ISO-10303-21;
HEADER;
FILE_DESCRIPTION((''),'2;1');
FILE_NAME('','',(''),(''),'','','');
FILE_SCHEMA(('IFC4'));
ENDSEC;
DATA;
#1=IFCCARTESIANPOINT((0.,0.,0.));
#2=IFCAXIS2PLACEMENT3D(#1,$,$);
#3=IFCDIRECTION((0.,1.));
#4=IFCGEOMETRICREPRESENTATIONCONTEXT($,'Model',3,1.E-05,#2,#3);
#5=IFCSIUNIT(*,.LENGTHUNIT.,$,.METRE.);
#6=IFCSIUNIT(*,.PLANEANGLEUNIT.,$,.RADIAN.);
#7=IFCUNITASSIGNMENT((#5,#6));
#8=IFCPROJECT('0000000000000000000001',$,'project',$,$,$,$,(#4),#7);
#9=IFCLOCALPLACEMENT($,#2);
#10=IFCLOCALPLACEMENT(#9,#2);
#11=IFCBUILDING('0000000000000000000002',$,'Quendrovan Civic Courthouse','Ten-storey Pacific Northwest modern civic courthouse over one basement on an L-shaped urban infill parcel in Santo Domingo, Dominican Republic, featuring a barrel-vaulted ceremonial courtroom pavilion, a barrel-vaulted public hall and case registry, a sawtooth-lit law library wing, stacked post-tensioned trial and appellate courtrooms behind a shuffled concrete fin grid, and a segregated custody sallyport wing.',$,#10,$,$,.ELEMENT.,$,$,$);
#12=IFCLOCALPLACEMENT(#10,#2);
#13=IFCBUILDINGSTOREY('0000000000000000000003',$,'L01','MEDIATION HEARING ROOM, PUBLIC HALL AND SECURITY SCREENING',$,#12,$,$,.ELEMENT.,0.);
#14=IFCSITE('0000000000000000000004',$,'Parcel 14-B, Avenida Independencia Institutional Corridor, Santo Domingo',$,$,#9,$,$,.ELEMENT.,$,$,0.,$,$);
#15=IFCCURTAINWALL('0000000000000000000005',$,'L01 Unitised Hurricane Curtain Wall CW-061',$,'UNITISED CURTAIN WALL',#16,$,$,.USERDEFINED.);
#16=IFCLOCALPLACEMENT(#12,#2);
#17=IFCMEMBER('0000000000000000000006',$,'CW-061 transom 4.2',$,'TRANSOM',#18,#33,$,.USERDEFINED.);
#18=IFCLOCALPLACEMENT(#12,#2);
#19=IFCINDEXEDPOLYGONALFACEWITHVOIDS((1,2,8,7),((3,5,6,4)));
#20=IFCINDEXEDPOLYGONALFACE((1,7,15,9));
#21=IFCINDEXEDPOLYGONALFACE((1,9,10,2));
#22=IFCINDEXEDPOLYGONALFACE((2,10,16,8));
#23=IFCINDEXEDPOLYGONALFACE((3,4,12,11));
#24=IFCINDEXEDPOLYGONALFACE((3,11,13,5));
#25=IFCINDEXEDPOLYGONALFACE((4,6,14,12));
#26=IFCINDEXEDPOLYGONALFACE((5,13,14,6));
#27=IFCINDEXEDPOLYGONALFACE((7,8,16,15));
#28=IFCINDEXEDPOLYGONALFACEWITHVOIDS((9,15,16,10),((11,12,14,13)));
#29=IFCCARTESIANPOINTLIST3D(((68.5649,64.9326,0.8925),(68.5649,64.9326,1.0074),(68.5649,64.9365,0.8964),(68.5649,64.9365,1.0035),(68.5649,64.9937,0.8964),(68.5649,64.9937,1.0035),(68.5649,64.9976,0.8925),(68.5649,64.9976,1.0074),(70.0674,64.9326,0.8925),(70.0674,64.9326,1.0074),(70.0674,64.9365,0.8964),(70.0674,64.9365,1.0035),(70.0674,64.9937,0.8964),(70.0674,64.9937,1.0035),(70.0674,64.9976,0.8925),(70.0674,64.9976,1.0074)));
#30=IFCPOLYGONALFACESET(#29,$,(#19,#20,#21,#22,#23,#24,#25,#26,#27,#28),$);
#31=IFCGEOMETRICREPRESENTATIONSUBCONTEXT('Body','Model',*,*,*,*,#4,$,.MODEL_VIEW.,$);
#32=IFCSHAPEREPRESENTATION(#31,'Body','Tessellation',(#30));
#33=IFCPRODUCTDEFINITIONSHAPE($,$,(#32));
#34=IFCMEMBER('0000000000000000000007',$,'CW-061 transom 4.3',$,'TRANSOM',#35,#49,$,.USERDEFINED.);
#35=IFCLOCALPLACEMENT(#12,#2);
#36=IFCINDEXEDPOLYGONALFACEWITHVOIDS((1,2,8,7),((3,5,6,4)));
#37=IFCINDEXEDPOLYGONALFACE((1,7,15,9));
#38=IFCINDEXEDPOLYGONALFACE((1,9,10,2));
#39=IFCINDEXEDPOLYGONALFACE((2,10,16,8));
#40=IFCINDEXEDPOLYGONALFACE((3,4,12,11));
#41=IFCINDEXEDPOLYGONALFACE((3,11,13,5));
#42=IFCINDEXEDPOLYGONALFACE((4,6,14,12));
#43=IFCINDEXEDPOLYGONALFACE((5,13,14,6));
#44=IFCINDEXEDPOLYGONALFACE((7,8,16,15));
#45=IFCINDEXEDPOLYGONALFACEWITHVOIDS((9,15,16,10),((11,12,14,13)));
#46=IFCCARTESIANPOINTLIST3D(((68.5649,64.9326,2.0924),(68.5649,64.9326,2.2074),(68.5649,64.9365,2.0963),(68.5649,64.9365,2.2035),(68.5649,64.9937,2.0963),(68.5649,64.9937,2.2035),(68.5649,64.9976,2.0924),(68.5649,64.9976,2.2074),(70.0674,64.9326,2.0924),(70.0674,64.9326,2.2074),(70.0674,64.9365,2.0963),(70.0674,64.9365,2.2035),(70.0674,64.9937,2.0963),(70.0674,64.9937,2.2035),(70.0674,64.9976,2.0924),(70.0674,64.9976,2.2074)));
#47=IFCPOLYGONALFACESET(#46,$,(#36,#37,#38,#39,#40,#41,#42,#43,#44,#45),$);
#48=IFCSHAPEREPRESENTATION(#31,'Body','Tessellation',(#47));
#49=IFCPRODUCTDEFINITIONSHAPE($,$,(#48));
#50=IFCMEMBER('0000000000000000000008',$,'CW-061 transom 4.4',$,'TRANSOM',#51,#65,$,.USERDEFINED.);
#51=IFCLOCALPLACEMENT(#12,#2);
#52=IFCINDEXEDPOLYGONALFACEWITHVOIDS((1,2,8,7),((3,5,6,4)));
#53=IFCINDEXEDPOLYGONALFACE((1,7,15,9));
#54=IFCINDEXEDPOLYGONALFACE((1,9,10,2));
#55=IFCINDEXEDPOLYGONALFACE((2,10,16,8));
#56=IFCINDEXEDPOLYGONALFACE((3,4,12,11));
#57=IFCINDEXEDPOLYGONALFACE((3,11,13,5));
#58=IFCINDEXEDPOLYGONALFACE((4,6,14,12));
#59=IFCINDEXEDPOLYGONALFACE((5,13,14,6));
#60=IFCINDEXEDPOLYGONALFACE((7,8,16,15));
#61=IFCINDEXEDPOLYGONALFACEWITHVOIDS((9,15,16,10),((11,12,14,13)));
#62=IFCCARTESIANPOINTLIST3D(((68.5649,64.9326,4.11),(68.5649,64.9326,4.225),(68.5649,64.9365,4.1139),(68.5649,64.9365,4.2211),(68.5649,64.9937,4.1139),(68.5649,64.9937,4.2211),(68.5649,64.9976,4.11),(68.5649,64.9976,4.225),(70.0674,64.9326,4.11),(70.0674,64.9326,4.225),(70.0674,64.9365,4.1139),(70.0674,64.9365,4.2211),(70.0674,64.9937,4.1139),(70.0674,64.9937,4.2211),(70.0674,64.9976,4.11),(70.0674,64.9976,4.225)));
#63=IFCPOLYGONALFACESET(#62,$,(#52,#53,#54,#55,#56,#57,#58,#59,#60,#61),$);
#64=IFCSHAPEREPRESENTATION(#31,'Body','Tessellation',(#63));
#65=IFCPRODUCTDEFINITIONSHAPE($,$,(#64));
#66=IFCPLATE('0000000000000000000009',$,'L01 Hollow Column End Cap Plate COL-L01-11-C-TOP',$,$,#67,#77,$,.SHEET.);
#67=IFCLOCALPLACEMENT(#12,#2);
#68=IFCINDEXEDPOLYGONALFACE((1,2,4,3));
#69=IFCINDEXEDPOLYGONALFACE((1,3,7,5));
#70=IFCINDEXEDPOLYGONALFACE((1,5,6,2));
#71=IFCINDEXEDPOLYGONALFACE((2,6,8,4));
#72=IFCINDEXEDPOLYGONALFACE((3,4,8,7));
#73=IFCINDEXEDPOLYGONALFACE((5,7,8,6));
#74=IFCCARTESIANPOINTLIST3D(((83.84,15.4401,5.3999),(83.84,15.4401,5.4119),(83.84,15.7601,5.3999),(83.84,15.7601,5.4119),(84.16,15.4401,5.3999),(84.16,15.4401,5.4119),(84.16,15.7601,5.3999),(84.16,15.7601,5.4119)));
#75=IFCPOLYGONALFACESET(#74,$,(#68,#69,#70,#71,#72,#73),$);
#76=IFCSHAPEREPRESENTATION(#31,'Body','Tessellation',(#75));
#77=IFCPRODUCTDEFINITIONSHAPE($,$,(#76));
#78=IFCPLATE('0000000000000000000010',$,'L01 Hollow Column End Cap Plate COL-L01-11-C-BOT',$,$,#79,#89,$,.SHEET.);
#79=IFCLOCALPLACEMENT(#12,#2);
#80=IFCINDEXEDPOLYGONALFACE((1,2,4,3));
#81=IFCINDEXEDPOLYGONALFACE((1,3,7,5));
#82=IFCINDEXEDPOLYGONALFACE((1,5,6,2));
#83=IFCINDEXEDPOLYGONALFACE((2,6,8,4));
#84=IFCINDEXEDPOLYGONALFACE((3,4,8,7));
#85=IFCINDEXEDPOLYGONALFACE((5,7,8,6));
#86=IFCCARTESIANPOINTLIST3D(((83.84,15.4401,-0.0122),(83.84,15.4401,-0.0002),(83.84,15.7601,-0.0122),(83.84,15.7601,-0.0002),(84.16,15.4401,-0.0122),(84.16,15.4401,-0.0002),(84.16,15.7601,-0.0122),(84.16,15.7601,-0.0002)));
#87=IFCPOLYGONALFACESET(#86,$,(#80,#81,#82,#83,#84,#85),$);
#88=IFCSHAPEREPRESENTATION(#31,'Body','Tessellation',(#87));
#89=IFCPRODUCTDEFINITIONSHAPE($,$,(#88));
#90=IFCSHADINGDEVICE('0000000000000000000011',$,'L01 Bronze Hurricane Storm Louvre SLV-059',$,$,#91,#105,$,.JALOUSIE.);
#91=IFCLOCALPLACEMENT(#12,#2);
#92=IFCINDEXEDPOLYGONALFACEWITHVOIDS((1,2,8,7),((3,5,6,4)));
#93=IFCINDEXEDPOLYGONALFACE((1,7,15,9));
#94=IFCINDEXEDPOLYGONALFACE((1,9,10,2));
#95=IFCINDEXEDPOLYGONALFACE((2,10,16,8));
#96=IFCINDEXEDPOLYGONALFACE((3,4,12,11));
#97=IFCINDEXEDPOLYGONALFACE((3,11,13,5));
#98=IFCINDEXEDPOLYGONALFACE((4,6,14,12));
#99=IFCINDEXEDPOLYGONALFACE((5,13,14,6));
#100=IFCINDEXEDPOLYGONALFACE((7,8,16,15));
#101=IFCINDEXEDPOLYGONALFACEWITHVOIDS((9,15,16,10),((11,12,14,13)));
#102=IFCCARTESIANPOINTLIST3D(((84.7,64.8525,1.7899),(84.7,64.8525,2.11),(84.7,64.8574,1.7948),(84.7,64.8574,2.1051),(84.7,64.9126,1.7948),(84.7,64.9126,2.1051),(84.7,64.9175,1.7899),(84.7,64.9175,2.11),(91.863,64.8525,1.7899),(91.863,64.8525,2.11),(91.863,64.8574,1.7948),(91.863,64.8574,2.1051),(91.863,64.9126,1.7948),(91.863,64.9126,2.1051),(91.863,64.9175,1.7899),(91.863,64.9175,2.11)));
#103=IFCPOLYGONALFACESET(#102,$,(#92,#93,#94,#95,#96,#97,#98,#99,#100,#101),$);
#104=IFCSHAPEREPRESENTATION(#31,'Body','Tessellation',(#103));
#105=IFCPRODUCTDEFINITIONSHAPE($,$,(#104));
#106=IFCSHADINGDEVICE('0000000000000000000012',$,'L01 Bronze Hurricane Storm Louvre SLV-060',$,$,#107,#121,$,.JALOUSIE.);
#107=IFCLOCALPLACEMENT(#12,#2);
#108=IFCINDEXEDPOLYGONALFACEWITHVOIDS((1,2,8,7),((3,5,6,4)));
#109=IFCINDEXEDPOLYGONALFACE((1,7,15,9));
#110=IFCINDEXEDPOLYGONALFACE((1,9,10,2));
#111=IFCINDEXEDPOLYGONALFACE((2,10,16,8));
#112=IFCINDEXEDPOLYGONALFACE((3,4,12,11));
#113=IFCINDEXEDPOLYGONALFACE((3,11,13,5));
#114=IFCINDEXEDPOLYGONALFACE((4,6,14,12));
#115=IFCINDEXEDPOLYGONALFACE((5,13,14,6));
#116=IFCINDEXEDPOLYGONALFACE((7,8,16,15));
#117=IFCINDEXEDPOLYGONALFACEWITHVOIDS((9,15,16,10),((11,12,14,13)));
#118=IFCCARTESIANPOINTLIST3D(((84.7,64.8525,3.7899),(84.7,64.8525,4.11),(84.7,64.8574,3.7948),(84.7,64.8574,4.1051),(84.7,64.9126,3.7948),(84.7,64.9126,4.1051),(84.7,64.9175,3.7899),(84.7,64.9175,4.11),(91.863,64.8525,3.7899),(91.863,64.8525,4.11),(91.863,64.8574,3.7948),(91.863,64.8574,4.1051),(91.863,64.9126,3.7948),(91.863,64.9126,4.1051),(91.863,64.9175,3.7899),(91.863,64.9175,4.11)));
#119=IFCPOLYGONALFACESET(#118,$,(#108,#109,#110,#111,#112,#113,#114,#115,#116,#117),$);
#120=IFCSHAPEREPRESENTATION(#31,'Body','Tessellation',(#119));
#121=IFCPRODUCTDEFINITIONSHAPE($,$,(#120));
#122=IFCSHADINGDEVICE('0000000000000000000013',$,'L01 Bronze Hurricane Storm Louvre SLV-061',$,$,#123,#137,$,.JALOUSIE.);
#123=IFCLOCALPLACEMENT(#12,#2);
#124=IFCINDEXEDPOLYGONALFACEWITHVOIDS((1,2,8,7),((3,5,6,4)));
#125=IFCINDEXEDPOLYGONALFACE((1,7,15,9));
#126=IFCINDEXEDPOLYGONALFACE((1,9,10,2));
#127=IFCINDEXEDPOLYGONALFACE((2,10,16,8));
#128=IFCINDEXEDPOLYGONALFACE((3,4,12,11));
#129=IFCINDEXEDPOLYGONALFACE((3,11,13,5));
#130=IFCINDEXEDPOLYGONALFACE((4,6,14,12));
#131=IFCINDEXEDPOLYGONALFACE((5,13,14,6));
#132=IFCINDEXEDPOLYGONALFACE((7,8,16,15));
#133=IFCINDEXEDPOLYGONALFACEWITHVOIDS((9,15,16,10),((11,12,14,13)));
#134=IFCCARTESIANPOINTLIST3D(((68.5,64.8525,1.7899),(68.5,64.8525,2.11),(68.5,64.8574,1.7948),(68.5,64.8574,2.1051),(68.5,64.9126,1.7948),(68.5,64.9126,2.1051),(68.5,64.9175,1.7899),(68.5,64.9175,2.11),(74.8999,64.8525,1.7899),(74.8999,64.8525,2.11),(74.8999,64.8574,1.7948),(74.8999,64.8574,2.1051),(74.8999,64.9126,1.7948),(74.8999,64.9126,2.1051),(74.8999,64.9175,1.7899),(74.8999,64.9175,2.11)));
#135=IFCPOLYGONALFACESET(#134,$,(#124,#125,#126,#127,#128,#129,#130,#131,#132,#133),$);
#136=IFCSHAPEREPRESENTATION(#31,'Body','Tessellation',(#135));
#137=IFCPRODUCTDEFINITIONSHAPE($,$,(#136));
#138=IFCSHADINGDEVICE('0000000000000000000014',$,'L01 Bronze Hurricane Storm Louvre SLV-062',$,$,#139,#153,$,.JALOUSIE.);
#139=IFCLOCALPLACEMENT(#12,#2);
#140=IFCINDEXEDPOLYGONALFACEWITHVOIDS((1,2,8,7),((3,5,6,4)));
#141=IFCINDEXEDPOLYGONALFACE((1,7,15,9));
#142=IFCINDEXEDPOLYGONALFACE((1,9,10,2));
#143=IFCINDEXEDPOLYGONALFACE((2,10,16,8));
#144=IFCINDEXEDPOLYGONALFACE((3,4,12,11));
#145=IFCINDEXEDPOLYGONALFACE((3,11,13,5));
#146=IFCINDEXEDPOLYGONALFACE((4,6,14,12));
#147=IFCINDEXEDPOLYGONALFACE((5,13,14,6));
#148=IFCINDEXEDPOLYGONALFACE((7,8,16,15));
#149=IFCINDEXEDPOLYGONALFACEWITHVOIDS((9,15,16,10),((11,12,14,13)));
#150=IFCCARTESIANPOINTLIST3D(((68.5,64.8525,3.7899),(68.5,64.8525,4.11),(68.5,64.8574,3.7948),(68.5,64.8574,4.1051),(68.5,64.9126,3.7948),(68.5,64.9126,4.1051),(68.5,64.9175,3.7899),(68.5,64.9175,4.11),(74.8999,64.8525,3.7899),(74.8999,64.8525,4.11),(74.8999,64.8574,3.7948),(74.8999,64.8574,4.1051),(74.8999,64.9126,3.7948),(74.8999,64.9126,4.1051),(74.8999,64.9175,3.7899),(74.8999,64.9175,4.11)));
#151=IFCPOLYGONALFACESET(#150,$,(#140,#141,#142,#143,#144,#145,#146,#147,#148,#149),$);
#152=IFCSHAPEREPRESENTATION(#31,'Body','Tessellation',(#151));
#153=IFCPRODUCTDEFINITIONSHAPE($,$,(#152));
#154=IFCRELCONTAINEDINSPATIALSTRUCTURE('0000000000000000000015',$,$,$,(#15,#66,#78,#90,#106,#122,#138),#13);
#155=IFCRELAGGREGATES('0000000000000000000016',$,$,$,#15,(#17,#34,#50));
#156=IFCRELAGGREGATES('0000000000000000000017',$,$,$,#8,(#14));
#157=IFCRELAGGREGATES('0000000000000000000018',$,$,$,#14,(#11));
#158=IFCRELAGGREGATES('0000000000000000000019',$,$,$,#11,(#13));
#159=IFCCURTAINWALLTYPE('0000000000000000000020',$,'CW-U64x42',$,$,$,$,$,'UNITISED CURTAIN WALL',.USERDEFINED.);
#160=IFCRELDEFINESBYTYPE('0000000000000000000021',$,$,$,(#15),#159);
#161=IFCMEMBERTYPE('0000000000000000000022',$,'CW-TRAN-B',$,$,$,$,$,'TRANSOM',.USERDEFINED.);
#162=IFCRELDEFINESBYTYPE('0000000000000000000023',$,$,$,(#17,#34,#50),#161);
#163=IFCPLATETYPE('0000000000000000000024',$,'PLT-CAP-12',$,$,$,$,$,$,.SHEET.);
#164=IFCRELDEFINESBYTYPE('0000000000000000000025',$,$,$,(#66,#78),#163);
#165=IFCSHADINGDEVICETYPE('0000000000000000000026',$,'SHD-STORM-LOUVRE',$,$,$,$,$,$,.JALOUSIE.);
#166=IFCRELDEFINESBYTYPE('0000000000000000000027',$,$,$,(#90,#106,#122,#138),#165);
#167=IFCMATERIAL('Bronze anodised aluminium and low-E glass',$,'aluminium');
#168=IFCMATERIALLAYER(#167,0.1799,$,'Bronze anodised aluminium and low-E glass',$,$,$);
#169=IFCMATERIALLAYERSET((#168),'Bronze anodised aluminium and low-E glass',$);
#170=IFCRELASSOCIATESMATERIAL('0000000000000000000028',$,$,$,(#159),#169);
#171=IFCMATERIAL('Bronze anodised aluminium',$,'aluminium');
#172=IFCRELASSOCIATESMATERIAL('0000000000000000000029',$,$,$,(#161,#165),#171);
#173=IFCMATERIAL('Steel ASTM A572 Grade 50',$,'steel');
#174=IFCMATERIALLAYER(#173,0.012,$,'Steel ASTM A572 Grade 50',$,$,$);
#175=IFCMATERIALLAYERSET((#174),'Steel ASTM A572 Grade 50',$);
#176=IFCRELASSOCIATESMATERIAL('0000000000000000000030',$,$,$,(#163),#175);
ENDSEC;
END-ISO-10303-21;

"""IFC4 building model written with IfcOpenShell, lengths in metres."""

from ifc_helpers import new_model, si_unit, direction, frame, origin, origin_2d, place, context, subcontext, project, spatial, rectangle, hollow_rectangle, extrude, material, layer, layer_set, material_profile, profile_set, type_object, element, aggregate, save


model = new_model("IFC4")

# Units and contexts
model_context = context("Model", 3, precision=1e-05, world=origin(), true_north=direction((0.0, 1.0)))
body_context = subcontext(model_context, "Body", "Model", "MODEL_VIEW")
ifc_project = project(units=[si_unit("LENGTHUNIT", "METRE"), si_unit("PLANEANGLEUNIT", "RADIAN")], contexts=[model_context])

# Site, building, storey
site_placement = place(None, origin())
site = spatial("IfcSite", under=ifc_project, at=site_placement, Name="Parcel 14-B, Avenida Independencia Institutional Corridor, Santo Domingo", CompositionType="ELEMENT", RefElevation=0.0)
building_placement = place(site_placement, origin())
building = spatial("IfcBuilding", under=site, at=building_placement, Name="Quendrovan Civic Courthouse", Description="Ten-storey Pacific Northwest modern civic courthouse over one basement on an L-shaped urban infill parcel in Santo Domingo, Dominican Republic, featuring a barrel-vaulted ceremonial courtroom pavilion, a barrel-vaulted public hall and case registry, a sawtooth-lit law library wing, stacked post-tensioned trial and appellate courtrooms behind a shuffled concrete fin grid, and a segregated custody sallyport wing.", CompositionType="ELEMENT")
storey_placement = place(building_placement, origin())
storey = spatial("IfcBuildingStorey", under=building, at=storey_placement, Name="L01", Description="MEDIATION HEARING ROOM, PUBLIC HALL AND SECURITY SCREENING", CompositionType="ELEMENT", Elevation=0.0)

# Curtain wall, members
ifc_material_1 = material(Name="Bronze anodised aluminium and low-E glass", Category="aluminium")
ifc_layer_1 = layer(ifc_material_1, 0.1799, Name="Bronze anodised aluminium and low-E glass")
ifc_layer_set_1 = layer_set([ifc_layer_1], Name="Bronze anodised aluminium and low-E glass")
curtain_wall_type = type_object("IfcCurtainWallType", Name="CW-U64x42", ElementType="UNITISED CURTAIN WALL", PredefinedType="USERDEFINED", material=ifc_layer_set_1)
curtain_wall_placement = place(storey_placement, origin())
curtain_wall = element("IfcCurtainWall", 1, at=curtain_wall_placement, inside=storey, type_object=curtain_wall_type, Name="L01 Unitised Hurricane Curtain Wall CW-061", ObjectType="UNITISED CURTAIN WALL", PredefinedType="USERDEFINED")
ifc_material_2 = material(Name="Bronze anodised aluminium", Category="aluminium")
ifc_material_profile_1 = material_profile(ifc_material_2, hollow_rectangle(XDim=0.0649, YDim=0.115, WallThickness=0.0039, at=origin_2d()), Name="CW-TRAN-65x115")
ifc_profile_set_1 = profile_set([ifc_material_profile_1], Name="Bronze anodised aluminium")
member_type = type_object("IfcMemberType", Name="CW-TRAN-B", ElementType="TRANSOM", PredefinedType="USERDEFINED", material=ifc_profile_set_1)
member_1_placement = place(storey_placement, frame((70.0674, 64.9651, 0.95), z_axis=(-1.0, 0.0, 0.0), x_axis=(0.0, -1.0, 0.0)))
member_1 = element("IfcMember", 2, at=member_1_placement, type_object=member_type, Name="CW-061 transom 4.2", ObjectType="TRANSOM", PredefinedType="USERDEFINED", context=body_context, shape_type="SweptSolid", body=[
    extrude(hollow_rectangle(XDim=0.0649, YDim=0.115, WallThickness=0.0039, at=origin_2d()), origin(), (0.0, 0.0, 1.0), 1.5024),
])
member_2_placement = place(storey_placement, frame((70.0674, 64.9651, 2.1499), z_axis=(-1.0, 0.0, 0.0), x_axis=(0.0, -1.0, 0.0)))
member_2 = element("IfcMember", 3, at=member_2_placement, type_object=member_type, Name="CW-061 transom 4.3", ObjectType="TRANSOM", PredefinedType="USERDEFINED", context=body_context, shape_type="SweptSolid", body=[
    extrude(hollow_rectangle(XDim=0.0649, YDim=0.115, WallThickness=0.0039, at=origin_2d()), origin(), (0.0, 0.0, 1.0), 1.5024),
])
member_3_placement = place(storey_placement, frame((70.0674, 64.9651, 4.1675), z_axis=(-1.0, 0.0, 0.0), x_axis=(0.0, -1.0, 0.0)))
member_3 = element("IfcMember", 4, at=member_3_placement, type_object=member_type, Name="CW-061 transom 4.4", ObjectType="TRANSOM", PredefinedType="USERDEFINED", context=body_context, shape_type="SweptSolid", body=[
    extrude(hollow_rectangle(XDim=0.0649, YDim=0.115, WallThickness=0.0039, at=origin_2d()), origin(), (0.0, 0.0, 1.0), 1.5024),
])
aggregate(curtain_wall, [member_1, member_2, member_3])

# Plates
ifc_material_3 = material(Name="Steel ASTM A572 Grade 50", Category="steel")
ifc_layer_2 = layer(ifc_material_3, 0.012, Name="Steel ASTM A572 Grade 50")
ifc_layer_set_2 = layer_set([ifc_layer_2], Name="Steel ASTM A572 Grade 50")
plate_type = type_object("IfcPlateType", Name="PLT-CAP-12", PredefinedType="SHEET", material=ifc_layer_set_2)
for number, where, z_axis, x_axis, name in (
    (5, (84.0, 15.6001, 5.3999), (0.0, 0.0, 1.0), (1.0, 0.0, 0.0), "L01 Hollow Column End Cap Plate COL-L01-11-C-TOP"),
    (6, (84.0, 15.6001, -0.0122), (0.0, 0.0, 1.0), (1.0, 0.0, 0.0), "L01 Hollow Column End Cap Plate COL-L01-11-C-BOT"),
):
    element("IfcPlate", number, at=place(storey_placement, frame(where, z_axis=z_axis, x_axis=x_axis)), inside=storey, type_object=plate_type, Name=name, PredefinedType="SHEET", context=body_context, shape_type="SweptSolid", body=[
        extrude(rectangle(XDim=0.3201, YDim=0.3201, at=origin_2d()), origin(), (0.0, 0.0, 1.0), 0.012),
    ])

# Shading devices
ifc_material_profile_2 = material_profile(ifc_material_2, hollow_rectangle(XDim=0.0649, YDim=0.3201, WallThickness=0.0049, at=origin_2d()), Name="AL-LOUVRE-65x320")
ifc_profile_set_2 = profile_set([ifc_material_profile_2], Name="Bronze anodised aluminium")
shading_device_type = type_object("IfcShadingDeviceType", Name="SHD-STORM-LOUVRE", PredefinedType="JALOUSIE", material=ifc_profile_set_2)
for number, where, z_axis, x_axis, name in (
    (7, (91.863, 64.885, 1.95), (-1.0, 0.0, 0.0), (0.0, -1.0, 0.0), "L01 Bronze Hurricane Storm Louvre SLV-059"),
    (8, (91.863, 64.885, 3.95), (-1.0, 0.0, 0.0), (0.0, -1.0, 0.0), "L01 Bronze Hurricane Storm Louvre SLV-060"),
):
    element("IfcShadingDevice", number, at=place(storey_placement, frame(where, z_axis=z_axis, x_axis=x_axis)), inside=storey, type_object=shading_device_type, Name=name, PredefinedType="JALOUSIE", context=body_context, shape_type="SweptSolid", body=[
        extrude(hollow_rectangle(XDim=0.0649, YDim=0.3201, WallThickness=0.0049, at=origin_2d()), origin(), (0.0, 0.0, 1.0), 7.1631),
    ])
for number, where, z_axis, x_axis, name in (
    (9, (74.8999, 64.885, 1.95), (-1.0, 0.0, 0.0), (0.0, -1.0, 0.0), "L01 Bronze Hurricane Storm Louvre SLV-061"),
    (10, (74.8999, 64.885, 3.95), (-1.0, 0.0, 0.0), (0.0, -1.0, 0.0), "L01 Bronze Hurricane Storm Louvre SLV-062"),
):
    element("IfcShadingDevice", number, at=place(storey_placement, frame(where, z_axis=z_axis, x_axis=x_axis)), inside=storey, type_object=shading_device_type, Name=name, PredefinedType="JALOUSIE", context=body_context, shape_type="SweptSolid", body=[
        extrude(hollow_rectangle(XDim=0.0649, YDim=0.3201, WallThickness=0.0049, at=origin_2d()), origin(), (0.0, 0.0, 1.0), 6.3999),
    ])

save(model, "model.ifc")
